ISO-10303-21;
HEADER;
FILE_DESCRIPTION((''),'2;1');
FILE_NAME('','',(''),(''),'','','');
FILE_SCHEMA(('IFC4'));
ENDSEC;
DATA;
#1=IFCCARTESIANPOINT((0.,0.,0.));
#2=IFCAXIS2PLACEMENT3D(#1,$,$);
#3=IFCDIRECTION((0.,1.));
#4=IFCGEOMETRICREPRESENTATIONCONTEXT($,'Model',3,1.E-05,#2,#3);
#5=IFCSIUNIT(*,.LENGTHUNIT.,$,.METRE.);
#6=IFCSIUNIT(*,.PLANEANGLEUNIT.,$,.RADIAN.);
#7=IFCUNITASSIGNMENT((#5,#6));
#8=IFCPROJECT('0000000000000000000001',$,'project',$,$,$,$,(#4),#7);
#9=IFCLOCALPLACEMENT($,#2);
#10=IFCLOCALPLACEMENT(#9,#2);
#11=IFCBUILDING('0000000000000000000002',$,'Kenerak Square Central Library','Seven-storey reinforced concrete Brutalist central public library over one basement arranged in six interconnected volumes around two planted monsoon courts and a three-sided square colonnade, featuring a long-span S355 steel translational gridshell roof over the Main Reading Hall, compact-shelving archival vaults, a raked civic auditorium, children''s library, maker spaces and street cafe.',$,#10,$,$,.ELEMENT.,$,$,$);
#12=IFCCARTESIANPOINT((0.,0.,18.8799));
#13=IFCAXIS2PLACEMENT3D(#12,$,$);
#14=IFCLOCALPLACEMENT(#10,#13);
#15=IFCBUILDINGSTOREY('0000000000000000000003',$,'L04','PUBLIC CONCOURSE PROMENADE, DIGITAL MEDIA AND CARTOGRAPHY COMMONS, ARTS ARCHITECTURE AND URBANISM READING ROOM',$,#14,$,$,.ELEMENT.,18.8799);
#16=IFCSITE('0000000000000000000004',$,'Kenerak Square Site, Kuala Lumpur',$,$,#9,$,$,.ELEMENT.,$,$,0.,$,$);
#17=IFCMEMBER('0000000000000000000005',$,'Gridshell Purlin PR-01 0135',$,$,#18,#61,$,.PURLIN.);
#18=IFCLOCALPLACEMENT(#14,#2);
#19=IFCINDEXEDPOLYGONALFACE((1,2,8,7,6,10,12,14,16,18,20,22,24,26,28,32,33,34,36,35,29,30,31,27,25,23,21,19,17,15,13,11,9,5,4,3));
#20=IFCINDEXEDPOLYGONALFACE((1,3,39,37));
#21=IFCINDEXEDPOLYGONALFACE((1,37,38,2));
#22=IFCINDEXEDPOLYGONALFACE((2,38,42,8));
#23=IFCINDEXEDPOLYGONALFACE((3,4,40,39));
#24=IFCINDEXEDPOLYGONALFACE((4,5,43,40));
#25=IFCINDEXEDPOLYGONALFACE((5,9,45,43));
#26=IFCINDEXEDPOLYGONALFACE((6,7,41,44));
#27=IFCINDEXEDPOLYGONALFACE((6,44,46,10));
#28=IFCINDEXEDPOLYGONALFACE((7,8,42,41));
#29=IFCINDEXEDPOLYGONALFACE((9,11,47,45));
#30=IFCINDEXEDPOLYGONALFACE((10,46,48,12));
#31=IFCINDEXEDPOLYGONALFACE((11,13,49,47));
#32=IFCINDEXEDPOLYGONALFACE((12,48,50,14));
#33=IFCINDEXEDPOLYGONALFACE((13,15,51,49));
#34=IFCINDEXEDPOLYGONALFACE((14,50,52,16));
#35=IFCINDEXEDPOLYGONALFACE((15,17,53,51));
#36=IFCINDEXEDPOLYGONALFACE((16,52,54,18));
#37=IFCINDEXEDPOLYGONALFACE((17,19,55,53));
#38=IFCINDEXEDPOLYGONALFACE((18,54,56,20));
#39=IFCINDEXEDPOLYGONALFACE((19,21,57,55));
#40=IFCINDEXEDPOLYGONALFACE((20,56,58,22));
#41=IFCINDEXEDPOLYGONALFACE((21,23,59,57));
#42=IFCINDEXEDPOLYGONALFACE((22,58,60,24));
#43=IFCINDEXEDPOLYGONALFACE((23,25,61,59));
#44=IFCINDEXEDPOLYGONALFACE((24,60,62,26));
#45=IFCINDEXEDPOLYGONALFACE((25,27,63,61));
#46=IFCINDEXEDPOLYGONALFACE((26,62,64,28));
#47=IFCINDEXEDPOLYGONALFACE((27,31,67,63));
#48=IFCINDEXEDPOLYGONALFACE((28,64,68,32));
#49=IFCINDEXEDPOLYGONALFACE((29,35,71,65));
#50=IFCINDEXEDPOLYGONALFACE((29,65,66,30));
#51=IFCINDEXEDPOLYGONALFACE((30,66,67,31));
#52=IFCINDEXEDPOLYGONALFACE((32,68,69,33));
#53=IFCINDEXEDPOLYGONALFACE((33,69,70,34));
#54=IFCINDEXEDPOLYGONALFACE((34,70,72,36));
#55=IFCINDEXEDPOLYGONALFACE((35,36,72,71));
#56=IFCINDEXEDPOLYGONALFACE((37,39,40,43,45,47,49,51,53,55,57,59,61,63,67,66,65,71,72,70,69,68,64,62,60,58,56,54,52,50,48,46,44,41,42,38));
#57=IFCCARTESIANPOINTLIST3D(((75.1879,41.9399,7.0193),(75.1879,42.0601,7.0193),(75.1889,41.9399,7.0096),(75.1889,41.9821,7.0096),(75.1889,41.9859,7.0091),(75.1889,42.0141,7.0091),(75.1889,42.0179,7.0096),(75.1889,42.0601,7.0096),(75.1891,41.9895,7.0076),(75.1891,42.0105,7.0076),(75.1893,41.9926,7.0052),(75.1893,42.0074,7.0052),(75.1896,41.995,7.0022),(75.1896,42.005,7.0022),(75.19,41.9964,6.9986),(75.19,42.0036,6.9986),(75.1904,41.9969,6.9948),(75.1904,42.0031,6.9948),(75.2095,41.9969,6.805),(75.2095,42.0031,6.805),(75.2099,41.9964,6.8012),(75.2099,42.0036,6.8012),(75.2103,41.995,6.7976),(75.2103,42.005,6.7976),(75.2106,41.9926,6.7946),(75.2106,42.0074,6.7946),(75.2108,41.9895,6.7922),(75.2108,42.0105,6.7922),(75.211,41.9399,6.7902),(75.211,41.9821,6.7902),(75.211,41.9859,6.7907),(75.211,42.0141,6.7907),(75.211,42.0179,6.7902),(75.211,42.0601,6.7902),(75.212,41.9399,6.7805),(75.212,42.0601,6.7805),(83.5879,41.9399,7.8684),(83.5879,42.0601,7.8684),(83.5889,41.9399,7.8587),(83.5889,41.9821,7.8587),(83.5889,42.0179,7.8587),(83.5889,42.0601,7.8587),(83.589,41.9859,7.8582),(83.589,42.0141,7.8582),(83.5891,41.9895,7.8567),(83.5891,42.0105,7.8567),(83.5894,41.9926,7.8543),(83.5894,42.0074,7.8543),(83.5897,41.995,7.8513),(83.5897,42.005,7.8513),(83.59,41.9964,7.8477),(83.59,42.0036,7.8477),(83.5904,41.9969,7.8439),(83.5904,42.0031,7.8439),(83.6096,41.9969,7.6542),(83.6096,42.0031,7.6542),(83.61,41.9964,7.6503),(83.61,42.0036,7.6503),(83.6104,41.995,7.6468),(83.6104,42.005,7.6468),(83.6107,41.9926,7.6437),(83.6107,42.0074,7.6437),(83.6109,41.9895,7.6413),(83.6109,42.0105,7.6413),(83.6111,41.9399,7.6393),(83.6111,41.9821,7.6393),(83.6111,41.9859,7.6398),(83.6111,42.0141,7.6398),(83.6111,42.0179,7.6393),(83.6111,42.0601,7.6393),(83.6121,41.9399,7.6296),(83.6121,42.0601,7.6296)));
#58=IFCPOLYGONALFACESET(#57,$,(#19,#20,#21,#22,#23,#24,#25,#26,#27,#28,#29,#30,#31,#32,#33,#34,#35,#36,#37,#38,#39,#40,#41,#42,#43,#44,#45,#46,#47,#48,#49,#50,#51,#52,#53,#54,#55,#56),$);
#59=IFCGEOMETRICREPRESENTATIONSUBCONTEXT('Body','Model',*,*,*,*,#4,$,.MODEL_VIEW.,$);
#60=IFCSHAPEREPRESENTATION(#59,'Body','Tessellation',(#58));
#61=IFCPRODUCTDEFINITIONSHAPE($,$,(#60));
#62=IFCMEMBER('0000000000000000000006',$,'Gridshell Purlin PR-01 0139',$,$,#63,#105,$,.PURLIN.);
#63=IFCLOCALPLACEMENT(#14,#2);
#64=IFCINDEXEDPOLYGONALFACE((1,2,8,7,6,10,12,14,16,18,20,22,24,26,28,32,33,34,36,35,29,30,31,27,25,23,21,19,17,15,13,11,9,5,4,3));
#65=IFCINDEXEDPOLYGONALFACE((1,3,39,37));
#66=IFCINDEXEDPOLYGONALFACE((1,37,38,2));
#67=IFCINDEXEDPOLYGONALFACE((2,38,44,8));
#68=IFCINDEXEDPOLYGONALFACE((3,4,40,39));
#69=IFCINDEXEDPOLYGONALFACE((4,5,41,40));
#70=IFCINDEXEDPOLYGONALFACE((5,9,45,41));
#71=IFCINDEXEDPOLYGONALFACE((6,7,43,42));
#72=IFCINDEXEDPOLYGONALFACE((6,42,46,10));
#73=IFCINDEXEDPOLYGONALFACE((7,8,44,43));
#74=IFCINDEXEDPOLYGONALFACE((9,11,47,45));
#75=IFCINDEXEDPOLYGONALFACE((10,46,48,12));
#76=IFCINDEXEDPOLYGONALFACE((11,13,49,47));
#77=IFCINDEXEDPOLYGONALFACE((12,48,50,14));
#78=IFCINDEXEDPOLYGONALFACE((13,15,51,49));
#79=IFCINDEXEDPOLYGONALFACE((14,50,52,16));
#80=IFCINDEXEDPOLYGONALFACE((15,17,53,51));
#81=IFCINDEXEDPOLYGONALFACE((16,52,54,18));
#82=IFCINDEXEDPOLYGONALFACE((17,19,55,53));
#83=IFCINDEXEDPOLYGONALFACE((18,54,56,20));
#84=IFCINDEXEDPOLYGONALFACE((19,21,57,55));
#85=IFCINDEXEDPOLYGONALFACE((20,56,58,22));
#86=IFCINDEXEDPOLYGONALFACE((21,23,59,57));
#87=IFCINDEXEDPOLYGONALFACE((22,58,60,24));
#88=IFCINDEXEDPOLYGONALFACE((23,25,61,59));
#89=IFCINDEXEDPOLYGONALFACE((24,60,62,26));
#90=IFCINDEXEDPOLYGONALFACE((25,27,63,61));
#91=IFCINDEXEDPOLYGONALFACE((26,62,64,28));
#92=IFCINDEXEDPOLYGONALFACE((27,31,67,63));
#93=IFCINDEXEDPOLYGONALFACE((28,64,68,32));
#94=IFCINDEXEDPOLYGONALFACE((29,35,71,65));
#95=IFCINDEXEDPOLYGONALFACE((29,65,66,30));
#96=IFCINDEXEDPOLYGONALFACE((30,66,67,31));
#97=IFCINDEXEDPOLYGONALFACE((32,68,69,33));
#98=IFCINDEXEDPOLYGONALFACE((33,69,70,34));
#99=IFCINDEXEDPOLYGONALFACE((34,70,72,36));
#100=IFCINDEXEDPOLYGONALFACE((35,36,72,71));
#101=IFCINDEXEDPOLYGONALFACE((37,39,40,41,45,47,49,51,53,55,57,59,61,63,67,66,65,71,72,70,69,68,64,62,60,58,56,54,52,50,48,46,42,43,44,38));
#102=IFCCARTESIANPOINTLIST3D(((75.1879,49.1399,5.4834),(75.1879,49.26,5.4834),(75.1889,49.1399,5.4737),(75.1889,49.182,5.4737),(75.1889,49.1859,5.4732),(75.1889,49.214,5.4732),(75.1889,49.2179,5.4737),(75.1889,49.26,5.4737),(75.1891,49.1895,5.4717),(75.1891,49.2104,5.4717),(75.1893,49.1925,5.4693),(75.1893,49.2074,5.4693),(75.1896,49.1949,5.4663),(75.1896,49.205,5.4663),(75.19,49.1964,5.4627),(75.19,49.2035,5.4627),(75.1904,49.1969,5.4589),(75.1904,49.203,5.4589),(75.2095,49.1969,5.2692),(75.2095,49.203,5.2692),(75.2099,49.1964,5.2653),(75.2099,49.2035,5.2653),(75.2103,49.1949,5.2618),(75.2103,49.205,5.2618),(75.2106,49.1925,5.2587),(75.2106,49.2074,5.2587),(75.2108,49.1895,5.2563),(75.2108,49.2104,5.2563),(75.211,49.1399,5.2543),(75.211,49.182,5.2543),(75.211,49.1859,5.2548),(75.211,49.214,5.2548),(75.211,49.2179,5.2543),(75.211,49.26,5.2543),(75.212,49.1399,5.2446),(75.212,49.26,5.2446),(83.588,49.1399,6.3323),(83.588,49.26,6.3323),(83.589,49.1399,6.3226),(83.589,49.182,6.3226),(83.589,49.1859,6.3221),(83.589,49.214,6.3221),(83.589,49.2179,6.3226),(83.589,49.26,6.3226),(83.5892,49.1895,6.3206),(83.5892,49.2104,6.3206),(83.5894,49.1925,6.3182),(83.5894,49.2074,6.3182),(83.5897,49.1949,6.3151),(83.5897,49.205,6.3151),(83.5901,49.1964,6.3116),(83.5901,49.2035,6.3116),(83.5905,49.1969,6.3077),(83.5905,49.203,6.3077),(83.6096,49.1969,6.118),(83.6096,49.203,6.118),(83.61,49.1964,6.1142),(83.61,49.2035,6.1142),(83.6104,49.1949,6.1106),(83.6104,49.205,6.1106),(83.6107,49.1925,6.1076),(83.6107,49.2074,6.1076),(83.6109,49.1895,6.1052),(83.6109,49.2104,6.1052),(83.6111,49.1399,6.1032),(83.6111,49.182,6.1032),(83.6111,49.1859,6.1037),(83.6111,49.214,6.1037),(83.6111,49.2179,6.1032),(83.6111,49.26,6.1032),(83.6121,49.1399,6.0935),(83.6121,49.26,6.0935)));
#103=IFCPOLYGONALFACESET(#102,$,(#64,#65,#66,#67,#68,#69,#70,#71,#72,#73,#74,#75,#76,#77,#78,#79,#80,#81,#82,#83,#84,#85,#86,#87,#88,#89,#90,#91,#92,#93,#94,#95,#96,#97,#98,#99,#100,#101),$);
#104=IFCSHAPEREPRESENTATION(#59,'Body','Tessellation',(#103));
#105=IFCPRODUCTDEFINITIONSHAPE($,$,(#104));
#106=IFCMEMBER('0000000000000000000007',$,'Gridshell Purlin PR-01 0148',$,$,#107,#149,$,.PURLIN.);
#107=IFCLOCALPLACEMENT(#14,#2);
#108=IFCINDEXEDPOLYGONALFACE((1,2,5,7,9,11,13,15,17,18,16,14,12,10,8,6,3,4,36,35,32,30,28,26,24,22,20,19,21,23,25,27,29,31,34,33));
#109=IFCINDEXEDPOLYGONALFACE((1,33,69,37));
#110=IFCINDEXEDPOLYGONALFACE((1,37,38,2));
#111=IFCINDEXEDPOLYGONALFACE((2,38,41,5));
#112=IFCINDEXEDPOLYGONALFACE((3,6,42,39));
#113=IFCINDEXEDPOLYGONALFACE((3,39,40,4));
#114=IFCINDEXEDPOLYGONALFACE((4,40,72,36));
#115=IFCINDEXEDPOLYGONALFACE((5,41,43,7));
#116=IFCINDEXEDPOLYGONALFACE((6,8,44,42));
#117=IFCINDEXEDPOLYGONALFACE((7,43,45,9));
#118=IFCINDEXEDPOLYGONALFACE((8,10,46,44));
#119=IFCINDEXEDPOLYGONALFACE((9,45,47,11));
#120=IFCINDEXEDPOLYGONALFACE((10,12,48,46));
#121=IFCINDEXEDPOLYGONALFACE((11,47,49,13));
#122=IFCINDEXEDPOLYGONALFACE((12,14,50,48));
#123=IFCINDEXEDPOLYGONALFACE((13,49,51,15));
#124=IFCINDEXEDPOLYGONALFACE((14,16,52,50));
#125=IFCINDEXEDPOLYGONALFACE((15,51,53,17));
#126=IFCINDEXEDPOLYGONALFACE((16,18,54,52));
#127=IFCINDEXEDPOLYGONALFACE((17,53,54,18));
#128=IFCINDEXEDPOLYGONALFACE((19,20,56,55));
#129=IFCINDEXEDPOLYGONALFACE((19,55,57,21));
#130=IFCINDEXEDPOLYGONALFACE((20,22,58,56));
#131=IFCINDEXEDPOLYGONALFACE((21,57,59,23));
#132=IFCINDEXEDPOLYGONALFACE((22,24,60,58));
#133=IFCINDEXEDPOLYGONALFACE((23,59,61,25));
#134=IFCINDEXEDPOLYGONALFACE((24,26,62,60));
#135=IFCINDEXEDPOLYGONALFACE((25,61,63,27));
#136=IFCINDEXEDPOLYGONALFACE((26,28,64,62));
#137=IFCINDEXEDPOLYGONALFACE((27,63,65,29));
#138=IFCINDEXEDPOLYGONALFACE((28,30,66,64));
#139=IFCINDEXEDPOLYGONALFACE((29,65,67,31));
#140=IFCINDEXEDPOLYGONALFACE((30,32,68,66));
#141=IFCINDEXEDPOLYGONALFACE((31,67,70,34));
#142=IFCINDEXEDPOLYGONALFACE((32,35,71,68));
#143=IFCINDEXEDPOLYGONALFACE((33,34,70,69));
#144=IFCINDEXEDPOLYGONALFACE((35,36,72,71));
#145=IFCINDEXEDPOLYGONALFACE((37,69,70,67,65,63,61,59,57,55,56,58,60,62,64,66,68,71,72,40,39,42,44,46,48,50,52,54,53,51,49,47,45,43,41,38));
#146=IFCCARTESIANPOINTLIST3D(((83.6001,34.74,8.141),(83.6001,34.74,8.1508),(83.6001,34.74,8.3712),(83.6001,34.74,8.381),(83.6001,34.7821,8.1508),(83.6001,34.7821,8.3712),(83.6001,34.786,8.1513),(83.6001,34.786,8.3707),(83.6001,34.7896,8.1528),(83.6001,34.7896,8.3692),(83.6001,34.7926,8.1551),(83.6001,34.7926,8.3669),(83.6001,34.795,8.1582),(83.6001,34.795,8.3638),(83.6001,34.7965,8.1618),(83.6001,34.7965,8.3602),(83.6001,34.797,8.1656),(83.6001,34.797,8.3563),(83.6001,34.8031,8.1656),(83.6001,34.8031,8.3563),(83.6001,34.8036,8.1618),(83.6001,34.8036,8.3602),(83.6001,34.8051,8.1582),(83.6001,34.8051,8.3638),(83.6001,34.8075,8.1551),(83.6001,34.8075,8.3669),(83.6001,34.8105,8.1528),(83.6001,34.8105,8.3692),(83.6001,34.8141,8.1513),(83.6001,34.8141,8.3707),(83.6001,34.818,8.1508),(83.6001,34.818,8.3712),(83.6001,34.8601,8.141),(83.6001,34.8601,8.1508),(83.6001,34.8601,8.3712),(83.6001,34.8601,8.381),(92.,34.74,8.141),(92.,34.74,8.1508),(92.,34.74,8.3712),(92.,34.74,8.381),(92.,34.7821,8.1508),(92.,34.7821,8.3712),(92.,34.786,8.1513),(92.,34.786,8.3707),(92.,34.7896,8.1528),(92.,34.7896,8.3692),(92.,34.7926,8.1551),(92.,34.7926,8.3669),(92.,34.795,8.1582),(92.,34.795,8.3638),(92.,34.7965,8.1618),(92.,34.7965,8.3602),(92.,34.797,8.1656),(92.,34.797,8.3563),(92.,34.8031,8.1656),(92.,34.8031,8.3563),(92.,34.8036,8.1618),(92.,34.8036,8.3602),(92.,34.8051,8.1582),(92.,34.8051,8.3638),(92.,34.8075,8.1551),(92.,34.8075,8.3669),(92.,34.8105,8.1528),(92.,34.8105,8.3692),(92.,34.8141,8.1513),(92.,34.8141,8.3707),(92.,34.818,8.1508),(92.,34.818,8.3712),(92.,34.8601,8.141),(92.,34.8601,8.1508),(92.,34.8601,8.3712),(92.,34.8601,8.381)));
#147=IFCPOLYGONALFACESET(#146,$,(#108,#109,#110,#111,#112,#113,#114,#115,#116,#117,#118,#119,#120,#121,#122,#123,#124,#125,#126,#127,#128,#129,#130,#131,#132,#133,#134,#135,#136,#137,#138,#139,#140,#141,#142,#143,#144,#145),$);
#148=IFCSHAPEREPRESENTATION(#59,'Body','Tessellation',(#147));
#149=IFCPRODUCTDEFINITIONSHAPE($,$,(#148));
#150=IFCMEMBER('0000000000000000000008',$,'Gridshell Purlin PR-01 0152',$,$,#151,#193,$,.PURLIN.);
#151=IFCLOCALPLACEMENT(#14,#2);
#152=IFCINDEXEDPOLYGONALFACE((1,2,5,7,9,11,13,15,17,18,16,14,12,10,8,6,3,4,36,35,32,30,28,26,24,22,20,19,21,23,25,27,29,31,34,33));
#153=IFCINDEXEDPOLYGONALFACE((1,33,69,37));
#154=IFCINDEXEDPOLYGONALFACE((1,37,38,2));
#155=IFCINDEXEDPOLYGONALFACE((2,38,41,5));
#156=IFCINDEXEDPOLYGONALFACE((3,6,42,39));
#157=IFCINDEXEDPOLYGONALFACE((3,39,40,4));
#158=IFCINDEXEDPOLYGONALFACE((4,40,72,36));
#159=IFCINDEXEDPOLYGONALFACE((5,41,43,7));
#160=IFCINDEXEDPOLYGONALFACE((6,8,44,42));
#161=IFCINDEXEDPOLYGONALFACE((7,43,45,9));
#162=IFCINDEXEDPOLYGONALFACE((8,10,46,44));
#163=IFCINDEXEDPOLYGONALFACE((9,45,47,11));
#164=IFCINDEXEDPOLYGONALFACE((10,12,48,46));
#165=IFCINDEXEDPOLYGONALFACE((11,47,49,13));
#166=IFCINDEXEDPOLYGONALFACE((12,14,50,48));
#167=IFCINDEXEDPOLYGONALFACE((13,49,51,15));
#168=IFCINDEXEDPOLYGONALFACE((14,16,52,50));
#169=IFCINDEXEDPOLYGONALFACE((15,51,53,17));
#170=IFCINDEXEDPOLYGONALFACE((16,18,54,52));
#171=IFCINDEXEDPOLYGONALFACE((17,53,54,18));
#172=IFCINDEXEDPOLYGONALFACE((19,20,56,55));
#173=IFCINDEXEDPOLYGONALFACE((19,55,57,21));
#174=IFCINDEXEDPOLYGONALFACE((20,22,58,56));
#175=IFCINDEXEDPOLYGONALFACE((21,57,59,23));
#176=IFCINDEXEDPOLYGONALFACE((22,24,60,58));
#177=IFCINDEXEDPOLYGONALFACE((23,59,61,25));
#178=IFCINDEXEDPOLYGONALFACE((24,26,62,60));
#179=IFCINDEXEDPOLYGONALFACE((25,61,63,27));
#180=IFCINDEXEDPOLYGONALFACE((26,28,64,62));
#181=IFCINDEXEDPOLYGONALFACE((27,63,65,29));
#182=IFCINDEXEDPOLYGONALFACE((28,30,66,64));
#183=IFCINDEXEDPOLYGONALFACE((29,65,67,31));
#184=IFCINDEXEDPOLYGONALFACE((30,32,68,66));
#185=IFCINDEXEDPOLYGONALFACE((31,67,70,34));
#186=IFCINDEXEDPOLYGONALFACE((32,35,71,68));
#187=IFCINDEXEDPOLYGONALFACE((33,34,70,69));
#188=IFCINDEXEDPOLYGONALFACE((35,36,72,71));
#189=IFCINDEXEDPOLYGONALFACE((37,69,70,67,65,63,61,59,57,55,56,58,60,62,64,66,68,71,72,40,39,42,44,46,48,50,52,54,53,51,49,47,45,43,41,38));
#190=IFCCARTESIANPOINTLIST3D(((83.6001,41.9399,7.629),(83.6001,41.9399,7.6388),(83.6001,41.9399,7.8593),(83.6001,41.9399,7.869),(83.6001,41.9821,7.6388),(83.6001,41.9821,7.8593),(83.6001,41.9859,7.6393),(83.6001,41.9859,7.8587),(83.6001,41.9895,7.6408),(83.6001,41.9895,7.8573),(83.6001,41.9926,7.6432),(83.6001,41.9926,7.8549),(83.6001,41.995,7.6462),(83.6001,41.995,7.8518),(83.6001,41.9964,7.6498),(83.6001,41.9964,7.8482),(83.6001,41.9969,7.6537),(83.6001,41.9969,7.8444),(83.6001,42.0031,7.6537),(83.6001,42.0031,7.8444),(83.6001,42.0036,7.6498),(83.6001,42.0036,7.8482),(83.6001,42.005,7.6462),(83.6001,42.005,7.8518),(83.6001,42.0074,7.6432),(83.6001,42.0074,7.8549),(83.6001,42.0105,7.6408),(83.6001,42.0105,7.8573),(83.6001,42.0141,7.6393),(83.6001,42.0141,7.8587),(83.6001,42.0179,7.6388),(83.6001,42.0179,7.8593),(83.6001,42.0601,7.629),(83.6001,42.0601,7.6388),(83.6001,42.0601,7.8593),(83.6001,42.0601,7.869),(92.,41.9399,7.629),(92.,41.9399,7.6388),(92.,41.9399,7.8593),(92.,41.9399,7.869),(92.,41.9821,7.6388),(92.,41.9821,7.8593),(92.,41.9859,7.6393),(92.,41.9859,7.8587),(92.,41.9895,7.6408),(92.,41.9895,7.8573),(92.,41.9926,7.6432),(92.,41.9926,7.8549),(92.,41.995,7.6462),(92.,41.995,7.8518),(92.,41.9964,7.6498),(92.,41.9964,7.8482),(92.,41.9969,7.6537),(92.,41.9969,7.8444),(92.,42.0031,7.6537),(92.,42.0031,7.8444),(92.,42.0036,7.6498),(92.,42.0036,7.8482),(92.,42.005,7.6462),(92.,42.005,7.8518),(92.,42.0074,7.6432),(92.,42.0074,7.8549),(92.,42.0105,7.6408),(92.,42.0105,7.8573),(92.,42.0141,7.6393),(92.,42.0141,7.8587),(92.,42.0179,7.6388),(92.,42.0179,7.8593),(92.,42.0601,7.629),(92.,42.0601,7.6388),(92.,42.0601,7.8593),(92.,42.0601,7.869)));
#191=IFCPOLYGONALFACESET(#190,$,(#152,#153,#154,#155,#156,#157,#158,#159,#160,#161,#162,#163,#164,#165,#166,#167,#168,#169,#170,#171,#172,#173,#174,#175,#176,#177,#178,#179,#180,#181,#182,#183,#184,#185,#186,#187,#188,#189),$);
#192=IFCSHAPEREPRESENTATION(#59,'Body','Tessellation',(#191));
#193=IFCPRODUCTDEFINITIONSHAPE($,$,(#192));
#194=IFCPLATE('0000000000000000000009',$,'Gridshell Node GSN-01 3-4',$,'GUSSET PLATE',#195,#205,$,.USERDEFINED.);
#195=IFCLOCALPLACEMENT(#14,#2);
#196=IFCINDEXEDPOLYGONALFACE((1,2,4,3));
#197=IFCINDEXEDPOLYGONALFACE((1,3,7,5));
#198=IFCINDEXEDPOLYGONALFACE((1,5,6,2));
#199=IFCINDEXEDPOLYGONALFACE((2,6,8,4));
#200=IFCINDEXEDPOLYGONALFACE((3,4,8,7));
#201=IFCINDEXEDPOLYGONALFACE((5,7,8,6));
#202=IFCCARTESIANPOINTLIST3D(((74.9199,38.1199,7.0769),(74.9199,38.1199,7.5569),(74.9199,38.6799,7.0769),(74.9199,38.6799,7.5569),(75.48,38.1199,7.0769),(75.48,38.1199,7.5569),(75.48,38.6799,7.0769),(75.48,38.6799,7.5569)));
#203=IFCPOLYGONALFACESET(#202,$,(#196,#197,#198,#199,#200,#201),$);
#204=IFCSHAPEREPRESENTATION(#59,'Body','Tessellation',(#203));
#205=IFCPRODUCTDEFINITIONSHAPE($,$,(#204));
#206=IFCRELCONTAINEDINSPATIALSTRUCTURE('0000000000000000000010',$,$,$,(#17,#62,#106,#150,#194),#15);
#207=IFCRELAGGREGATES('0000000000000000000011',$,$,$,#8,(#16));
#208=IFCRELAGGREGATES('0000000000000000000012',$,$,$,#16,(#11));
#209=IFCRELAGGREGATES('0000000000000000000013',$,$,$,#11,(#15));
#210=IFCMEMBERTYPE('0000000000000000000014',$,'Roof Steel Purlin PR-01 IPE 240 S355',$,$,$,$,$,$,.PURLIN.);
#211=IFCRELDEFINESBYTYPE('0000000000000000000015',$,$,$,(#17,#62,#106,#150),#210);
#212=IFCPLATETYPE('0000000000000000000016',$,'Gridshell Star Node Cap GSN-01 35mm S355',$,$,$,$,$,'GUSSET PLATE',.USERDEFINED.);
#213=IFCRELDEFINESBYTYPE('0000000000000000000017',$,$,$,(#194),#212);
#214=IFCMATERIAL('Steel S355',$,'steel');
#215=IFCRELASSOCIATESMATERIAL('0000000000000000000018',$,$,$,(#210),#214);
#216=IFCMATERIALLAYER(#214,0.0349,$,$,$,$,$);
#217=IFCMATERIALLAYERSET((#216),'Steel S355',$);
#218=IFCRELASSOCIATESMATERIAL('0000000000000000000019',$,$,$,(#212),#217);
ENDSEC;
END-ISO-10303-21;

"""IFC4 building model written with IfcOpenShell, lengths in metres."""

from ifc_helpers import new_model, si_unit, direction, frame, origin, origin_2d, place, context, subcontext, project, spatial, rectangle, i_section, extrude, material, layer, layer_set, material_profile, profile_set, type_object, element, save


model = new_model("IFC4")

# Units and contexts
model_context = context("Model", 3, precision=1e-05, world=origin(), true_north=direction((0.0, 1.0)))
body_context = subcontext(model_context, "Body", "Model", "MODEL_VIEW")
ifc_project = project(units=[si_unit("LENGTHUNIT", "METRE"), si_unit("PLANEANGLEUNIT", "RADIAN")], contexts=[model_context])

# Site, building, storey
site_placement = place(None, origin())
site = spatial("IfcSite", under=ifc_project, at=site_placement, Name="Kenerak Square Site, Kuala Lumpur", CompositionType="ELEMENT", RefElevation=0.0)
building_placement = place(site_placement, origin())
building = spatial("IfcBuilding", under=site, at=building_placement, Name="Kenerak Square Central Library", Description="Seven-storey reinforced concrete Brutalist central public library over one basement arranged in six interconnected volumes around two planted monsoon courts and a three-sided square colonnade, featuring a long-span S355 steel translational gridshell roof over the Main Reading Hall, compact-shelving archival vaults, a raked civic auditorium, children's library, maker spaces and street cafe.", CompositionType="ELEMENT")
storey_placement = place(building_placement, frame((0.0, 0.0, 18.8799)))
storey = spatial("IfcBuildingStorey", under=building, at=storey_placement, Name="L04", Description="PUBLIC CONCOURSE PROMENADE, DIGITAL MEDIA AND CARTOGRAPHY COMMONS, ARTS ARCHITECTURE AND URBANISM READING ROOM", CompositionType="ELEMENT", Elevation=18.8799)

# Members
ifc_material = material(Name="Steel S355", Category="steel")
ifc_material_profile_1 = material_profile(ifc_material, i_section(OverallWidth=0.1201, OverallDepth=0.24, WebThickness=0.0061, FlangeThickness=0.0098, FilletRadius=0.0149, at=origin_2d()), Name="IPE 240")
ifc_profile_set_1 = profile_set([ifc_material_profile_1], Name="Steel S355")
member_type_1 = type_object("IfcMemberType", Name="Roof Steel Purlin PR-01 IPE 240 S355", PredefinedType="PURLIN", material=ifc_profile_set_1)
for number, where, z_axis, x_axis, name in (
    (1, (75.2, 42.0, 6.8999), (0.99493, 0.0, 0.100572), (0.0, 1.0, 0.0), "Gridshell Purlin PR-01 0135"),
    (2, (75.2, 49.2, 5.364), (0.994933, 0.0, 0.100543), (0.0, 1.0, 0.0), "Gridshell Purlin PR-01 0139"),
):
    element("IfcMember", number, at=place(storey_placement, frame(where, z_axis=z_axis, x_axis=x_axis)), inside=storey, type_object=member_type_1, Name=name, PredefinedType="PURLIN", context=body_context, shape_type="SweptSolid", body=[
        extrude(i_section(OverallWidth=0.1201, OverallDepth=0.24, WebThickness=0.0061, FlangeThickness=0.0098, FilletRadius=0.0149, at=origin_2d()), origin(), (0.0, 0.0, 1.0), 8.4429),
    ])
for number, where, z_axis, x_axis, name in (
    (3, (83.6001, 34.8, 8.261), (1.0, 0.0, 0.0), (0.0, 1.0, 0.0), "Gridshell Purlin PR-01 0148"),
    (4, (83.6001, 42.0, 7.749), (1.0, 0.0, 0.0), (0.0, 1.0, 0.0), "Gridshell Purlin PR-01 0152"),
):
    element("IfcMember", number, at=place(storey_placement, frame(where, z_axis=z_axis, x_axis=x_axis)), inside=storey, type_object=member_type_1, Name=name, PredefinedType="PURLIN", context=body_context, shape_type="SweptSolid", body=[
        extrude(i_section(OverallWidth=0.1201, OverallDepth=0.24, WebThickness=0.0061, FlangeThickness=0.0098, FilletRadius=0.0149, at=origin_2d()), origin(), (0.0, 0.0, 1.0), 8.3999),
    ])

# Plate
ifc_layer_1 = layer(ifc_material, 0.0349)
ifc_layer_set_1 = layer_set([ifc_layer_1], Name="Steel S355")
plate_type_1 = type_object("IfcPlateType", Name="Gridshell Star Node Cap GSN-01 35mm S355", ElementType="GUSSET PLATE", PredefinedType="USERDEFINED", material=ifc_layer_set_1)
for number, where, z_axis, x_axis, name in (
    (5, (75.2, 38.3999, 7.0769), (0.0, 0.0, 1.0), (1.0, 0.0, 0.0), "Gridshell Node GSN-01 3-4"),
):
    element("IfcPlate", number, at=place(storey_placement, frame(where, z_axis=z_axis, x_axis=x_axis)), inside=storey, type_object=plate_type_1, Name=name, ObjectType="GUSSET PLATE", PredefinedType="USERDEFINED", context=body_context, shape_type="SweptSolid", body=[
        extrude(rectangle(XDim=0.5601, YDim=0.5601, at=origin_2d()), origin(), (0.0, 0.0, 1.0), 0.48),
    ])

save(model, "model.ifc")
